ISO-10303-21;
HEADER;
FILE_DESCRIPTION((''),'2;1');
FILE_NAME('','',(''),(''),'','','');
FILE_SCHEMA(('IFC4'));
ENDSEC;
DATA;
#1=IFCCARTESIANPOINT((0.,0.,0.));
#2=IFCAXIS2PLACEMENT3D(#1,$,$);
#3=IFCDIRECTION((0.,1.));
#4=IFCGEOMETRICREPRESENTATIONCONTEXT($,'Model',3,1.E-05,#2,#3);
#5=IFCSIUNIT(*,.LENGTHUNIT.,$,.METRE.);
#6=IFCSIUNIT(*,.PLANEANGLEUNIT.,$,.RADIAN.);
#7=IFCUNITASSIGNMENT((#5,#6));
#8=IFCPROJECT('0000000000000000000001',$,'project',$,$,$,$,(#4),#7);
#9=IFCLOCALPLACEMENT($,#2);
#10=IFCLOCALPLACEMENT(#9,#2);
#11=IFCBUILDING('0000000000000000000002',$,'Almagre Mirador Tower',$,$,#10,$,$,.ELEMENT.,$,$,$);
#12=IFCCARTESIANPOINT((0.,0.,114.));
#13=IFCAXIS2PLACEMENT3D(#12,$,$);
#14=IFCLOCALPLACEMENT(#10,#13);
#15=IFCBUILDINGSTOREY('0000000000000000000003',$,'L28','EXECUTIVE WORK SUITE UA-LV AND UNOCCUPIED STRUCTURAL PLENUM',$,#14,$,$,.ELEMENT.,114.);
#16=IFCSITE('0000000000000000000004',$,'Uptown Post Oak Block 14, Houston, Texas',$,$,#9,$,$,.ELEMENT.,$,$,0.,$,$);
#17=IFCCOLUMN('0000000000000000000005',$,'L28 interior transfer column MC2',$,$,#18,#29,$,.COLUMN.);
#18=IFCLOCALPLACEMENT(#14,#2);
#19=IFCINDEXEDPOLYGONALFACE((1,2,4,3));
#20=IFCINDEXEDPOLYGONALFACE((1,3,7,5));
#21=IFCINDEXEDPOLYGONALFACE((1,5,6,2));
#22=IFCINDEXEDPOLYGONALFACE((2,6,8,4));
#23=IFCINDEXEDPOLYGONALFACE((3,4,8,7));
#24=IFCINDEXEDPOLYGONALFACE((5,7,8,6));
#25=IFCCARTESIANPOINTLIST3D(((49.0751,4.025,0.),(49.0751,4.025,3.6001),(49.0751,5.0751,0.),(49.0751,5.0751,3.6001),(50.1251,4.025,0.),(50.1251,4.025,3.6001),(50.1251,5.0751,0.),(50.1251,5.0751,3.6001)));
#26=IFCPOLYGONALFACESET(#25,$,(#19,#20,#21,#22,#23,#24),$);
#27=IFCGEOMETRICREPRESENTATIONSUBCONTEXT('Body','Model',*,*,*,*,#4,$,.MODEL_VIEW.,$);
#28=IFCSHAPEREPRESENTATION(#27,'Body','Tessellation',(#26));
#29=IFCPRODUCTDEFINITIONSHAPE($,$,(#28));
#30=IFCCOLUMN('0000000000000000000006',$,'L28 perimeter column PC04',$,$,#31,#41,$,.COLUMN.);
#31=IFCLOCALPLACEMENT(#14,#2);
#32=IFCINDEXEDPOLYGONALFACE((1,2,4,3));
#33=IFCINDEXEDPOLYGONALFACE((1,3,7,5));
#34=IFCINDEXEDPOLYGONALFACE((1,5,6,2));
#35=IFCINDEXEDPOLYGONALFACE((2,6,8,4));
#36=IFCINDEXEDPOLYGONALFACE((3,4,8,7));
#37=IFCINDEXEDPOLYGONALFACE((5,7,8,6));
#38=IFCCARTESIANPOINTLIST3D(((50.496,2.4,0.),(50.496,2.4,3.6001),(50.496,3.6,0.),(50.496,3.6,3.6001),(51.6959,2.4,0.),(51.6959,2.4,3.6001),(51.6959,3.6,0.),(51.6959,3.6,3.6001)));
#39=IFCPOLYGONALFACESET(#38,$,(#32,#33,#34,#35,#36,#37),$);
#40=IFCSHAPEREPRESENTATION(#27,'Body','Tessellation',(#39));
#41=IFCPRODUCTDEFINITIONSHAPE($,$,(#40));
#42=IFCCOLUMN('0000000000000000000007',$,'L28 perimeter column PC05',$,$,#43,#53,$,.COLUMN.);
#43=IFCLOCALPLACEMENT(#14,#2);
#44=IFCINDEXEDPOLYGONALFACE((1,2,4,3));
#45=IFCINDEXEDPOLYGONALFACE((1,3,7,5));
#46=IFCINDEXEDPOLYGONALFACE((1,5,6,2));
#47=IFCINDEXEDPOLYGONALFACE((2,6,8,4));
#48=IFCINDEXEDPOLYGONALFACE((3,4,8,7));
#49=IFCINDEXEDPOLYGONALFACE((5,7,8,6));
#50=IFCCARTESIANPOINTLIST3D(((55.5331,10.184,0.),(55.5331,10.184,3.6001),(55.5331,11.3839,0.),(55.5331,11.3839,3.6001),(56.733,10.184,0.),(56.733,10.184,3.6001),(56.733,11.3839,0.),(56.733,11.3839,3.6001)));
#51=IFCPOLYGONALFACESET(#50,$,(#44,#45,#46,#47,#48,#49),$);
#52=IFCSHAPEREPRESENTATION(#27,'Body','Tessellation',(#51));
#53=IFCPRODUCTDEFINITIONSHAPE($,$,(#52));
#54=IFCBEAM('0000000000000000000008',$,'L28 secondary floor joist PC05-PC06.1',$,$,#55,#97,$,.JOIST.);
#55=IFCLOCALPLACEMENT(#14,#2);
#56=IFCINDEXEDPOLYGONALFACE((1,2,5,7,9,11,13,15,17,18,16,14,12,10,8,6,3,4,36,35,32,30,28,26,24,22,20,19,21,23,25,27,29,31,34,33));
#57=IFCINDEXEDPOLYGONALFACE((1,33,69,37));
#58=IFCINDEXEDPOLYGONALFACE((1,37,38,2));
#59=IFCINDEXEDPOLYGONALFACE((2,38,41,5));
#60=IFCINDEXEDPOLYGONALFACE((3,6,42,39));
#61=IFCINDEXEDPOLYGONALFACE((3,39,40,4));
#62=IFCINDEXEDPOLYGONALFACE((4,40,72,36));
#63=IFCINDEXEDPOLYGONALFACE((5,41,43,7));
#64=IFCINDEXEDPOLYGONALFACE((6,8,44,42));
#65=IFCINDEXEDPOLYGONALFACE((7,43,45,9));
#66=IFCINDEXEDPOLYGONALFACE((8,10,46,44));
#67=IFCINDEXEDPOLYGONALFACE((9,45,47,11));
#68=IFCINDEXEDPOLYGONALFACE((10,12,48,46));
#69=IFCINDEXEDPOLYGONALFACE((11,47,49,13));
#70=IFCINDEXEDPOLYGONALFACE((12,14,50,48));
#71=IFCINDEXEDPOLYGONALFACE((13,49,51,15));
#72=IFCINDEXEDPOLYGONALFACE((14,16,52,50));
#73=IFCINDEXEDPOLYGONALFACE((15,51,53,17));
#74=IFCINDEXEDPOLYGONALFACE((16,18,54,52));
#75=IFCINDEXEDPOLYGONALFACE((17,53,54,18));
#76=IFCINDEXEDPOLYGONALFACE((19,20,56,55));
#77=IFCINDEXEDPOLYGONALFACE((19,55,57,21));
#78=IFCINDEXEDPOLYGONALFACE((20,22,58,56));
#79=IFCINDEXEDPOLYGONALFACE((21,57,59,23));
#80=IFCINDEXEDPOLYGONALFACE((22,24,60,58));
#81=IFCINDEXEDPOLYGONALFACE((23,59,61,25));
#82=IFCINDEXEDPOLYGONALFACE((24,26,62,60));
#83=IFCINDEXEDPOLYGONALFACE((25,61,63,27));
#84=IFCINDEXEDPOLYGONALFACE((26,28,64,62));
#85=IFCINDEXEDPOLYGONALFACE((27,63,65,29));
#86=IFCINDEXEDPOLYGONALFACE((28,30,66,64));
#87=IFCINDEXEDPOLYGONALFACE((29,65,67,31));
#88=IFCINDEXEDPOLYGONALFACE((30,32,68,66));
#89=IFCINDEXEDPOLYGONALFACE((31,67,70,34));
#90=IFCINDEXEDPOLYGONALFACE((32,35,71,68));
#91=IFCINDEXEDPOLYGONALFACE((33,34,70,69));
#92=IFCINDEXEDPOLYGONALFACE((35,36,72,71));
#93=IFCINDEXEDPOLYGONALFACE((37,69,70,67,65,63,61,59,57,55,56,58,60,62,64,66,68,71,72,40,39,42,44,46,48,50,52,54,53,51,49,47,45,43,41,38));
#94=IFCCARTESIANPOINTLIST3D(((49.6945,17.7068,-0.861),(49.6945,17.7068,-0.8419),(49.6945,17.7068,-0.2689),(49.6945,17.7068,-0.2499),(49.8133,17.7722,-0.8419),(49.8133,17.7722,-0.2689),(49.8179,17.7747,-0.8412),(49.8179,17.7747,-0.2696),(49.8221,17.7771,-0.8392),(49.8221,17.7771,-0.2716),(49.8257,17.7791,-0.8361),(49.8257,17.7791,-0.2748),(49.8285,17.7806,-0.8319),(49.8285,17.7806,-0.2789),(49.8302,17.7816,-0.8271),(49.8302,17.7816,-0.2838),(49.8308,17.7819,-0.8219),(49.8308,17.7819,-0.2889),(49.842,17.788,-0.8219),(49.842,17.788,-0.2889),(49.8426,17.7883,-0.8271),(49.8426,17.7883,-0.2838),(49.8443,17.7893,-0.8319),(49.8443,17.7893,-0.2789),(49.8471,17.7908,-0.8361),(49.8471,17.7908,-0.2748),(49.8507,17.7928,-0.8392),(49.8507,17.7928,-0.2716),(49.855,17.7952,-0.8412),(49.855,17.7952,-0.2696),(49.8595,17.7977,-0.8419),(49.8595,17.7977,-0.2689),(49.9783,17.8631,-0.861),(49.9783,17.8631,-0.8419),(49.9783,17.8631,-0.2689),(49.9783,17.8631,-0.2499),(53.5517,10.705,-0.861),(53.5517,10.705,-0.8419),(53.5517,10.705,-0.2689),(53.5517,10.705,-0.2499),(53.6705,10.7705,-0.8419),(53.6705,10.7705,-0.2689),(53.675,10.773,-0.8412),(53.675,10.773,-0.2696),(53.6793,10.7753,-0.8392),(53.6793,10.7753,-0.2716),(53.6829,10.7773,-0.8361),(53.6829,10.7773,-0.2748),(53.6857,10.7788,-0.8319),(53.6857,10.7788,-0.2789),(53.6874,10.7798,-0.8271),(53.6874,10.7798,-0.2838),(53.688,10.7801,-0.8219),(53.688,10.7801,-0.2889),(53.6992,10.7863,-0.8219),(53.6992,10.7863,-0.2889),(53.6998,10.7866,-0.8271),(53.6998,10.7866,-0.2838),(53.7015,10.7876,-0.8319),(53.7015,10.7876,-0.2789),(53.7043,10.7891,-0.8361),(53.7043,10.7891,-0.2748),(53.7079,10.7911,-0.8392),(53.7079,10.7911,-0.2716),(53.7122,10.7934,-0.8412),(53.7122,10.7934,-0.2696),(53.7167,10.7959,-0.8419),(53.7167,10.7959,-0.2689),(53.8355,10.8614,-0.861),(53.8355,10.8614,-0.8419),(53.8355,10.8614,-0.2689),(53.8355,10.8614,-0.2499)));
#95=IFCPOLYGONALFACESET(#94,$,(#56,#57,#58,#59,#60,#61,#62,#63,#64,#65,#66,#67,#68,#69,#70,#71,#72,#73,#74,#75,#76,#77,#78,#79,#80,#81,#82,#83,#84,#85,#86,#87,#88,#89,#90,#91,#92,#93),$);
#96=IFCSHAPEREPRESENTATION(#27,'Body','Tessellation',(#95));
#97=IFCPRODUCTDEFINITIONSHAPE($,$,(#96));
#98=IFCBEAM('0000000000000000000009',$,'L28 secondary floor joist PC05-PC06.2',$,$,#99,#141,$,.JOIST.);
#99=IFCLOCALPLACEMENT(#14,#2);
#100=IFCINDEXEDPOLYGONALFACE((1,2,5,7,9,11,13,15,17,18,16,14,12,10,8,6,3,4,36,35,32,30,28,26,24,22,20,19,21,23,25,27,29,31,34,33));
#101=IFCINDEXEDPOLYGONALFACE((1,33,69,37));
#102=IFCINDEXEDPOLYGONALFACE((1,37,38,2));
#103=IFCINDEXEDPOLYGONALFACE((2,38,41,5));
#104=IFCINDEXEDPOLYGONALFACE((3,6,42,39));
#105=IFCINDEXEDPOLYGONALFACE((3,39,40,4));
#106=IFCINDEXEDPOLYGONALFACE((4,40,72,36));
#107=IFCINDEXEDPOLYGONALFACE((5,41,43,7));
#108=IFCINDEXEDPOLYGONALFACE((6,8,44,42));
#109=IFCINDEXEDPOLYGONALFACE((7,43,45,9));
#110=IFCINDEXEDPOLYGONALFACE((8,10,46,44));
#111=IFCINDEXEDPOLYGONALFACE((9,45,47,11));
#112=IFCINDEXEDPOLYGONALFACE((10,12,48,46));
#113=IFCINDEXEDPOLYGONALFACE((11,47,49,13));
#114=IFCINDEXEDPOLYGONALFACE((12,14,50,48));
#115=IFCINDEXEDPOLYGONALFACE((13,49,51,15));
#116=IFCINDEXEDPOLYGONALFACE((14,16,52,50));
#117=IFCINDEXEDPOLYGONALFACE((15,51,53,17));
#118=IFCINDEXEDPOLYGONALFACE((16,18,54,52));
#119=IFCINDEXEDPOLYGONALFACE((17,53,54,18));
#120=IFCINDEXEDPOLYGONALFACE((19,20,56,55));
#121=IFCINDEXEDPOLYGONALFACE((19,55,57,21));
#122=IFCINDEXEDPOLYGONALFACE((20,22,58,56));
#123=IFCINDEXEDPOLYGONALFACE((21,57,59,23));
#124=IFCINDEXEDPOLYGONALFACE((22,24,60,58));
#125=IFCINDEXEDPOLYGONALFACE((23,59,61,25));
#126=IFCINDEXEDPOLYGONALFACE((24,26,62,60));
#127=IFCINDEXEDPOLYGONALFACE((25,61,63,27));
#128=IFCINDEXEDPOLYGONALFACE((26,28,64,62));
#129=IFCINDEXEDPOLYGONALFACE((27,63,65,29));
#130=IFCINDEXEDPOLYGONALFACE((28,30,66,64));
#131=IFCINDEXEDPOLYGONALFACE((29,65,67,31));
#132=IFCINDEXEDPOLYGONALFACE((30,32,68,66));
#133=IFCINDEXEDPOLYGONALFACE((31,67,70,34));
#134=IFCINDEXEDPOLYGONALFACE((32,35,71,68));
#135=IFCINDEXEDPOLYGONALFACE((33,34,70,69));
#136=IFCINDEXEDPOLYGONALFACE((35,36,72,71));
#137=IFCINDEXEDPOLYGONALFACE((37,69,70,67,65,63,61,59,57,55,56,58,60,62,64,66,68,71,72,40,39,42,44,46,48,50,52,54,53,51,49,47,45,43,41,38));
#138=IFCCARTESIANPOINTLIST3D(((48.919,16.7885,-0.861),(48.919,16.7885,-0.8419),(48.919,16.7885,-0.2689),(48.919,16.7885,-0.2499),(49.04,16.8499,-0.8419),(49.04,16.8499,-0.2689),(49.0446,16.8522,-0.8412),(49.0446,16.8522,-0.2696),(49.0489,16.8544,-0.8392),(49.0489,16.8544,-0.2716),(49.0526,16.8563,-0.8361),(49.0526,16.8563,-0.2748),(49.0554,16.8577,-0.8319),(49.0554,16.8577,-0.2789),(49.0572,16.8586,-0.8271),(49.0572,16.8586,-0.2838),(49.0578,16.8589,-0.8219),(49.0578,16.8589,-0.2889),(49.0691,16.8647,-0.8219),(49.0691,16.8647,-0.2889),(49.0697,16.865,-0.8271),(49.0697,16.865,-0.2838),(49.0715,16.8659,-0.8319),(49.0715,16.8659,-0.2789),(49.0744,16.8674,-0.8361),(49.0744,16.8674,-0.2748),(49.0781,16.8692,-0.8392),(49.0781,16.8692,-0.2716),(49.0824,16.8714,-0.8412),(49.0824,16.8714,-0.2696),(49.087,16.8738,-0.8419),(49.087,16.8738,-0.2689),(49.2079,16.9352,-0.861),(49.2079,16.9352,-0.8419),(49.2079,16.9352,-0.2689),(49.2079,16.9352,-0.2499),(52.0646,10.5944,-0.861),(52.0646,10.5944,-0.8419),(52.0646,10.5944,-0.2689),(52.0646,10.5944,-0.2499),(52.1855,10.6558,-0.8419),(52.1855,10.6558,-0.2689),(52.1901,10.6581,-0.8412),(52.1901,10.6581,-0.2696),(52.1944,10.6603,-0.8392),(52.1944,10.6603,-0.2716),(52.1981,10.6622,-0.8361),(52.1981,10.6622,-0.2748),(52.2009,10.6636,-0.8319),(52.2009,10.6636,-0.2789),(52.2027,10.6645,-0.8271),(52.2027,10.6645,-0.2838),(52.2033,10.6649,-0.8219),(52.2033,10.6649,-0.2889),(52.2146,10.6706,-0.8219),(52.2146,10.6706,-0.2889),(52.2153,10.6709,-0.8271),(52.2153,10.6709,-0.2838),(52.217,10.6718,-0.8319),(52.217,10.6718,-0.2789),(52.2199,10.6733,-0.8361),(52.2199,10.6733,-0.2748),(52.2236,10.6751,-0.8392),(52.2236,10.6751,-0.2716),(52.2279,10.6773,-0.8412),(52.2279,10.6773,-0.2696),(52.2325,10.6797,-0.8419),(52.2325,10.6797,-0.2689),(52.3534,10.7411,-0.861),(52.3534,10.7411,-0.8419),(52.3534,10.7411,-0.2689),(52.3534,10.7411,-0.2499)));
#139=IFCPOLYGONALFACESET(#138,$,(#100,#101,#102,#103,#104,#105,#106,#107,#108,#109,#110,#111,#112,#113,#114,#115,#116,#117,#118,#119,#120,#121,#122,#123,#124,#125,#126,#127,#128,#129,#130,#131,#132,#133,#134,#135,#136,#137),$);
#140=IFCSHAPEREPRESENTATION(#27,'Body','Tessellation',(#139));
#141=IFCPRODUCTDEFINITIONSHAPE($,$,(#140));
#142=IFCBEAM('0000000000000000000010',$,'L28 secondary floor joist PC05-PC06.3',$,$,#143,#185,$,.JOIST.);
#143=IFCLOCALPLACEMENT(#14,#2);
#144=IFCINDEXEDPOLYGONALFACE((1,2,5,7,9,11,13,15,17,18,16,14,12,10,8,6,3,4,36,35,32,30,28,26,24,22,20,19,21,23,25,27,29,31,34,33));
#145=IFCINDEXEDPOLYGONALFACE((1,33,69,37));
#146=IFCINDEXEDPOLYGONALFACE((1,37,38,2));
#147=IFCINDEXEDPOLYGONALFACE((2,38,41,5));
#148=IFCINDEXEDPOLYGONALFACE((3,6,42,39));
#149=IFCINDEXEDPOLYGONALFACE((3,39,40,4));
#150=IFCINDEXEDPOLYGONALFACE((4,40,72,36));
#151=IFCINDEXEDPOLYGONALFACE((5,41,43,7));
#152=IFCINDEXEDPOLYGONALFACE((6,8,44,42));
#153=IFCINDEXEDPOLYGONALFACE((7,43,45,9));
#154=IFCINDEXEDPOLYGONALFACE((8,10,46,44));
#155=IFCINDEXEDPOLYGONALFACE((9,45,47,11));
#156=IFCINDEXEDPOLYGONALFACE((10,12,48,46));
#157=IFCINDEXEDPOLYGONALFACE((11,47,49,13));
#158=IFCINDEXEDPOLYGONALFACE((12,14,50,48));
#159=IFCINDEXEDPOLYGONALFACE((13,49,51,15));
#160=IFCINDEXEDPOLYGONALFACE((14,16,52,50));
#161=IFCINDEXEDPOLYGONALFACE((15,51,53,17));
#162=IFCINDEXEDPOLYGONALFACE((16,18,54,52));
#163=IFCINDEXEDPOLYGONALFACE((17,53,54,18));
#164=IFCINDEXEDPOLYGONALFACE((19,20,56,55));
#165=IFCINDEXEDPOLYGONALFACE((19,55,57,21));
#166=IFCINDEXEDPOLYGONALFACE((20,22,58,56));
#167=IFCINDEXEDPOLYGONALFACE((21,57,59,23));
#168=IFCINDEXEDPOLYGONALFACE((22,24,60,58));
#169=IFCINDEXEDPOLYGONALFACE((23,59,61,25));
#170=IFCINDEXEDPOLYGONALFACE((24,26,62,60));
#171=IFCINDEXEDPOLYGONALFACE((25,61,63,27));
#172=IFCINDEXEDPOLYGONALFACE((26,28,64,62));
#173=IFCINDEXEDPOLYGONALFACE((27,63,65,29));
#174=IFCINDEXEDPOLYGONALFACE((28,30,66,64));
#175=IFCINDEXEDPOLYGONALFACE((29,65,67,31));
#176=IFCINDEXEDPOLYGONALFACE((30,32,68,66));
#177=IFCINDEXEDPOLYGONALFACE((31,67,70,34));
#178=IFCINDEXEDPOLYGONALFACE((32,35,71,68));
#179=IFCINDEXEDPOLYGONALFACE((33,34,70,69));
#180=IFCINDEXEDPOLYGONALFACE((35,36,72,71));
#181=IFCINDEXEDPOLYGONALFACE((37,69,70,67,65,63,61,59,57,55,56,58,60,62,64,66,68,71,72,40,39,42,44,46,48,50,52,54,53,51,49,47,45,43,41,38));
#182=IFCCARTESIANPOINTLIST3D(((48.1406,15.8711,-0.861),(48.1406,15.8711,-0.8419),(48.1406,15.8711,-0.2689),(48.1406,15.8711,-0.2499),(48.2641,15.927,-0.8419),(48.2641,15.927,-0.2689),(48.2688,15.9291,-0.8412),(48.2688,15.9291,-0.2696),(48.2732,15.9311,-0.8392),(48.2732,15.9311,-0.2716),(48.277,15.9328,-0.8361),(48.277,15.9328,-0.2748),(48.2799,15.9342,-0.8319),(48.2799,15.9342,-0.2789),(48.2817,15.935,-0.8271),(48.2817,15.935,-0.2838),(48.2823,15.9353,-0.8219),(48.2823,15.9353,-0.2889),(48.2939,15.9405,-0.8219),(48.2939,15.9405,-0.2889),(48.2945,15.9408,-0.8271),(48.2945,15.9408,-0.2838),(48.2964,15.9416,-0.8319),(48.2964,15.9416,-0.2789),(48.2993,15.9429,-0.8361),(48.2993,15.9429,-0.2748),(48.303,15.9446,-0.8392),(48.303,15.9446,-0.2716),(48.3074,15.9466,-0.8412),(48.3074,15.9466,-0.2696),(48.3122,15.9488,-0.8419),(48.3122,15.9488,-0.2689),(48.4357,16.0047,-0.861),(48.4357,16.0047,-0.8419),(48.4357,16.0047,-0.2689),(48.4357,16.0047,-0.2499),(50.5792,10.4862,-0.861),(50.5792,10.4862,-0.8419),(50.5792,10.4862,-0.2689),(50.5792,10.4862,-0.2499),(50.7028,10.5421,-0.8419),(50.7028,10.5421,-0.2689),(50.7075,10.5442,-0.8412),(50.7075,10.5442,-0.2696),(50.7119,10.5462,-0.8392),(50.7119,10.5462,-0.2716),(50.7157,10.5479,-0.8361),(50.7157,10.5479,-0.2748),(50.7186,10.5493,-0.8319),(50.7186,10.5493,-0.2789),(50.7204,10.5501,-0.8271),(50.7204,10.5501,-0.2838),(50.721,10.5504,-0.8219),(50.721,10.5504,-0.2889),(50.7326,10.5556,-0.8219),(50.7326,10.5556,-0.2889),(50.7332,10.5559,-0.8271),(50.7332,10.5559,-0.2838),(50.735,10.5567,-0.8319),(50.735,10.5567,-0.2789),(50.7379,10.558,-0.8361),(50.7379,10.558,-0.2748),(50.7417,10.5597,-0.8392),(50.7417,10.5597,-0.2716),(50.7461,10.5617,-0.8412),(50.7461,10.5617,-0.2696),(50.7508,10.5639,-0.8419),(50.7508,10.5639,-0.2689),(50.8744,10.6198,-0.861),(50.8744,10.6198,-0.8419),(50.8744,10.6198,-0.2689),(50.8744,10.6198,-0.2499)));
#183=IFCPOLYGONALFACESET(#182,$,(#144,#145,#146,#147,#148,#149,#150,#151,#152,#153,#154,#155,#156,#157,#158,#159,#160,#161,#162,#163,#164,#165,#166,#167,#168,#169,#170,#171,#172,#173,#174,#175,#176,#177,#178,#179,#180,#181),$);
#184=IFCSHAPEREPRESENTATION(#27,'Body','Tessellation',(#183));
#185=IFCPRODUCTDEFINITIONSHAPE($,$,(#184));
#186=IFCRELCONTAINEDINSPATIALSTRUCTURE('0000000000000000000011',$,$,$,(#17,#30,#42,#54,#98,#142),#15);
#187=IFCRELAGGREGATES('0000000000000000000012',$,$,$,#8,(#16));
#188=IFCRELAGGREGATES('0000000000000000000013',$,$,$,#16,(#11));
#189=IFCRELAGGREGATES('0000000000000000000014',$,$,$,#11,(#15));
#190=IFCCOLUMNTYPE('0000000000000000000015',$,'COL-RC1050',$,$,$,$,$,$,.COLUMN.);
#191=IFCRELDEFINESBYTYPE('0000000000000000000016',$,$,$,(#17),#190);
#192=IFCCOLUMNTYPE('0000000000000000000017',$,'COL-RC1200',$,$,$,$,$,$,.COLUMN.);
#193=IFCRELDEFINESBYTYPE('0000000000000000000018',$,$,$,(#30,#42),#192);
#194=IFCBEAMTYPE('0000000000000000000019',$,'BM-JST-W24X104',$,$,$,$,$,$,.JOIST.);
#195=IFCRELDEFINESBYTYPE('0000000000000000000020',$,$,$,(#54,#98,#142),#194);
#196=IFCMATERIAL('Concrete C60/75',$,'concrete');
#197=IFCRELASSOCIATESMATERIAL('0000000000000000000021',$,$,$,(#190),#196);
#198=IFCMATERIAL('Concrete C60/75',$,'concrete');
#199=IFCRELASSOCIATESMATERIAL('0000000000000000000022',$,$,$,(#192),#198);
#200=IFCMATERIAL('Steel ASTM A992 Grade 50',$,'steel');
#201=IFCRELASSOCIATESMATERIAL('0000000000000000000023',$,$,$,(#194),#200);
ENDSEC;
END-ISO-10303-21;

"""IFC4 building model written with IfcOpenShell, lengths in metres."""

from ifc_helpers import new_model, si_unit, direction, frame, origin, origin_2d, place, context, subcontext, project, spatial, rectangle, i_section, extrude, material, material_profile, profile_set, type_object, element, save


model = new_model("IFC4")

# Units and contexts
model_context = context("Model", 3, precision=1e-05, world=origin(), true_north=direction((0.0, 1.0)))
body_context = subcontext(model_context, "Body", "Model", "MODEL_VIEW")
ifc_project = project(units=[si_unit("LENGTHUNIT", "METRE"), si_unit("PLANEANGLEUNIT", "RADIAN")], contexts=[model_context])

# Site, building, storey
site_placement = place(None, origin())
site = spatial("IfcSite", under=ifc_project, at=site_placement, Name="Uptown Post Oak Block 14, Houston, Texas", CompositionType="ELEMENT", RefElevation=0.0)
building_placement = place(site_placement, origin())
building = spatial("IfcBuilding", under=site, at=building_placement, Name="Almagre Mirador Tower", CompositionType="ELEMENT")
storey_placement = place(building_placement, frame((0.0, 0.0, 114.0)))
storey = spatial("IfcBuildingStorey", under=building, at=storey_placement, Name="L28", Description="EXECUTIVE WORK SUITE UA-LV AND UNOCCUPIED STRUCTURAL PLENUM", CompositionType="ELEMENT", Elevation=114.0)

# Columns
ifc_material_1 = material(Name="Concrete C60/75", Category="concrete")
ifc_material_profile_1 = material_profile(ifc_material_1, rectangle(XDim=1.05, YDim=1.05, at=origin_2d()), Name="RC1050X1050")
ifc_profile_set_1 = profile_set([ifc_material_profile_1], Name="Concrete C60/75")
column_type_1 = type_object("IfcColumnType", Name="COL-RC1050", PredefinedType="COLUMN", material=ifc_profile_set_1)
column_placement = place(storey_placement, frame((49.6001, 4.55, 0.0), z_axis=(0.0, 0.0, 1.0), x_axis=(1.0, 0.0, 0.0)))
element("IfcColumn", 1, at=column_placement, inside=storey, type_object=column_type_1, Name="L28 interior transfer column MC2", PredefinedType="COLUMN", context=body_context, shape_type="SweptSolid", body=[
    extrude(rectangle(XDim=1.05, YDim=1.05, at=origin_2d()), origin(), (0.0, 0.0, 1.0), 3.6001),
])
ifc_material_2 = material(Name="Concrete C60/75", Category="concrete")
ifc_material_profile_2 = material_profile(ifc_material_2, rectangle(XDim=1.2, YDim=1.2, at=origin_2d()), Name="RC1200X1200")
ifc_profile_set_2 = profile_set([ifc_material_profile_2], Name="Concrete C60/75")
column_type_2 = type_object("IfcColumnType", Name="COL-RC1200", PredefinedType="COLUMN", material=ifc_profile_set_2)
for number, where, z_axis, x_axis, name in (
    (2, (51.0959, 3.0, 0.0), (0.0, 0.0, 1.0), (1.0, 0.0, 0.0), "L28 perimeter column PC04"),
    (3, (56.1331, 10.7839, 0.0), (0.0, 0.0, 1.0), (1.0, 0.0, 0.0), "L28 perimeter column PC05"),
):
    element("IfcColumn", number, at=place(storey_placement, frame(where, z_axis=z_axis, x_axis=x_axis)), inside=storey, type_object=column_type_2, Name=name, PredefinedType="COLUMN", context=body_context, shape_type="SweptSolid", body=[
        extrude(rectangle(XDim=1.2, YDim=1.2, at=origin_2d()), origin(), (0.0, 0.0, 1.0), 3.6001),
    ])

# Beams
ifc_material_3 = material(Name="Steel ASTM A992 Grade 50", Category="steel")
ifc_material_profile_3 = material_profile(ifc_material_3, i_section(OverallWidth=0.324, OverallDepth=0.6111, WebThickness=0.0127, FlangeThickness=0.019, FilletRadius=0.02, at=origin_2d()), Name="W24X104")
ifc_profile_set_3 = profile_set([ifc_material_profile_3], Name="Steel ASTM A992 Grade 50")
beam_type_1 = type_object("IfcBeamType", Name="BM-JST-W24X104", PredefinedType="JOIST", material=ifc_profile_set_3)
beam_1_placement = place(storey_placement, frame((53.6936, 10.7832, -0.5554), z_axis=(-0.482518, 0.875886, 0.0), x_axis=(-0.875886, -0.482518, 0.0)))
element("IfcBeam", 4, at=beam_1_placement, inside=storey, type_object=beam_type_1, Name="L28 secondary floor joist PC05-PC06.1", PredefinedType="JOIST", context=body_context, shape_type="SweptSolid", body=[
    extrude(i_section(OverallWidth=0.324, OverallDepth=0.6111, WebThickness=0.0127, FlangeThickness=0.019, FilletRadius=0.02, at=origin_2d()), origin(), (0.0, 0.0, 1.0), 7.9939),
])
beam_2_placement = place(storey_placement, frame((52.209, 10.6677, -0.5554), z_axis=(-0.452786, 0.891619, 0.0), x_axis=(-0.891619, -0.452786, 0.0)))
element("IfcBeam", 5, at=beam_2_placement, inside=storey, type_object=beam_type_1, Name="L28 secondary floor joist PC05-PC06.2", PredefinedType="JOIST", context=body_context, shape_type="SweptSolid", body=[
    extrude(i_section(OverallWidth=0.324, OverallDepth=0.6111, WebThickness=0.0127, FlangeThickness=0.019, FilletRadius=0.02, at=origin_2d()), origin(), (0.0, 0.0, 1.0), 6.947),
])
beam_3_placement = place(storey_placement, frame((50.7268, 10.553, -0.5554), z_axis=(-0.412539, 0.91094, 0.0), x_axis=(-0.91094, -0.412539, 0.0)))
element("IfcBeam", 6, at=beam_3_placement, inside=storey, type_object=beam_type_1, Name="L28 secondary floor joist PC05-PC06.3", PredefinedType="JOIST", context=body_context, shape_type="SweptSolid", body=[
    extrude(i_section(OverallWidth=0.324, OverallDepth=0.6111, WebThickness=0.0127, FlangeThickness=0.019, FilletRadius=0.02, at=origin_2d()), origin(), (0.0, 0.0, 1.0), 5.9114),
])

save(model, "model.ifc")
